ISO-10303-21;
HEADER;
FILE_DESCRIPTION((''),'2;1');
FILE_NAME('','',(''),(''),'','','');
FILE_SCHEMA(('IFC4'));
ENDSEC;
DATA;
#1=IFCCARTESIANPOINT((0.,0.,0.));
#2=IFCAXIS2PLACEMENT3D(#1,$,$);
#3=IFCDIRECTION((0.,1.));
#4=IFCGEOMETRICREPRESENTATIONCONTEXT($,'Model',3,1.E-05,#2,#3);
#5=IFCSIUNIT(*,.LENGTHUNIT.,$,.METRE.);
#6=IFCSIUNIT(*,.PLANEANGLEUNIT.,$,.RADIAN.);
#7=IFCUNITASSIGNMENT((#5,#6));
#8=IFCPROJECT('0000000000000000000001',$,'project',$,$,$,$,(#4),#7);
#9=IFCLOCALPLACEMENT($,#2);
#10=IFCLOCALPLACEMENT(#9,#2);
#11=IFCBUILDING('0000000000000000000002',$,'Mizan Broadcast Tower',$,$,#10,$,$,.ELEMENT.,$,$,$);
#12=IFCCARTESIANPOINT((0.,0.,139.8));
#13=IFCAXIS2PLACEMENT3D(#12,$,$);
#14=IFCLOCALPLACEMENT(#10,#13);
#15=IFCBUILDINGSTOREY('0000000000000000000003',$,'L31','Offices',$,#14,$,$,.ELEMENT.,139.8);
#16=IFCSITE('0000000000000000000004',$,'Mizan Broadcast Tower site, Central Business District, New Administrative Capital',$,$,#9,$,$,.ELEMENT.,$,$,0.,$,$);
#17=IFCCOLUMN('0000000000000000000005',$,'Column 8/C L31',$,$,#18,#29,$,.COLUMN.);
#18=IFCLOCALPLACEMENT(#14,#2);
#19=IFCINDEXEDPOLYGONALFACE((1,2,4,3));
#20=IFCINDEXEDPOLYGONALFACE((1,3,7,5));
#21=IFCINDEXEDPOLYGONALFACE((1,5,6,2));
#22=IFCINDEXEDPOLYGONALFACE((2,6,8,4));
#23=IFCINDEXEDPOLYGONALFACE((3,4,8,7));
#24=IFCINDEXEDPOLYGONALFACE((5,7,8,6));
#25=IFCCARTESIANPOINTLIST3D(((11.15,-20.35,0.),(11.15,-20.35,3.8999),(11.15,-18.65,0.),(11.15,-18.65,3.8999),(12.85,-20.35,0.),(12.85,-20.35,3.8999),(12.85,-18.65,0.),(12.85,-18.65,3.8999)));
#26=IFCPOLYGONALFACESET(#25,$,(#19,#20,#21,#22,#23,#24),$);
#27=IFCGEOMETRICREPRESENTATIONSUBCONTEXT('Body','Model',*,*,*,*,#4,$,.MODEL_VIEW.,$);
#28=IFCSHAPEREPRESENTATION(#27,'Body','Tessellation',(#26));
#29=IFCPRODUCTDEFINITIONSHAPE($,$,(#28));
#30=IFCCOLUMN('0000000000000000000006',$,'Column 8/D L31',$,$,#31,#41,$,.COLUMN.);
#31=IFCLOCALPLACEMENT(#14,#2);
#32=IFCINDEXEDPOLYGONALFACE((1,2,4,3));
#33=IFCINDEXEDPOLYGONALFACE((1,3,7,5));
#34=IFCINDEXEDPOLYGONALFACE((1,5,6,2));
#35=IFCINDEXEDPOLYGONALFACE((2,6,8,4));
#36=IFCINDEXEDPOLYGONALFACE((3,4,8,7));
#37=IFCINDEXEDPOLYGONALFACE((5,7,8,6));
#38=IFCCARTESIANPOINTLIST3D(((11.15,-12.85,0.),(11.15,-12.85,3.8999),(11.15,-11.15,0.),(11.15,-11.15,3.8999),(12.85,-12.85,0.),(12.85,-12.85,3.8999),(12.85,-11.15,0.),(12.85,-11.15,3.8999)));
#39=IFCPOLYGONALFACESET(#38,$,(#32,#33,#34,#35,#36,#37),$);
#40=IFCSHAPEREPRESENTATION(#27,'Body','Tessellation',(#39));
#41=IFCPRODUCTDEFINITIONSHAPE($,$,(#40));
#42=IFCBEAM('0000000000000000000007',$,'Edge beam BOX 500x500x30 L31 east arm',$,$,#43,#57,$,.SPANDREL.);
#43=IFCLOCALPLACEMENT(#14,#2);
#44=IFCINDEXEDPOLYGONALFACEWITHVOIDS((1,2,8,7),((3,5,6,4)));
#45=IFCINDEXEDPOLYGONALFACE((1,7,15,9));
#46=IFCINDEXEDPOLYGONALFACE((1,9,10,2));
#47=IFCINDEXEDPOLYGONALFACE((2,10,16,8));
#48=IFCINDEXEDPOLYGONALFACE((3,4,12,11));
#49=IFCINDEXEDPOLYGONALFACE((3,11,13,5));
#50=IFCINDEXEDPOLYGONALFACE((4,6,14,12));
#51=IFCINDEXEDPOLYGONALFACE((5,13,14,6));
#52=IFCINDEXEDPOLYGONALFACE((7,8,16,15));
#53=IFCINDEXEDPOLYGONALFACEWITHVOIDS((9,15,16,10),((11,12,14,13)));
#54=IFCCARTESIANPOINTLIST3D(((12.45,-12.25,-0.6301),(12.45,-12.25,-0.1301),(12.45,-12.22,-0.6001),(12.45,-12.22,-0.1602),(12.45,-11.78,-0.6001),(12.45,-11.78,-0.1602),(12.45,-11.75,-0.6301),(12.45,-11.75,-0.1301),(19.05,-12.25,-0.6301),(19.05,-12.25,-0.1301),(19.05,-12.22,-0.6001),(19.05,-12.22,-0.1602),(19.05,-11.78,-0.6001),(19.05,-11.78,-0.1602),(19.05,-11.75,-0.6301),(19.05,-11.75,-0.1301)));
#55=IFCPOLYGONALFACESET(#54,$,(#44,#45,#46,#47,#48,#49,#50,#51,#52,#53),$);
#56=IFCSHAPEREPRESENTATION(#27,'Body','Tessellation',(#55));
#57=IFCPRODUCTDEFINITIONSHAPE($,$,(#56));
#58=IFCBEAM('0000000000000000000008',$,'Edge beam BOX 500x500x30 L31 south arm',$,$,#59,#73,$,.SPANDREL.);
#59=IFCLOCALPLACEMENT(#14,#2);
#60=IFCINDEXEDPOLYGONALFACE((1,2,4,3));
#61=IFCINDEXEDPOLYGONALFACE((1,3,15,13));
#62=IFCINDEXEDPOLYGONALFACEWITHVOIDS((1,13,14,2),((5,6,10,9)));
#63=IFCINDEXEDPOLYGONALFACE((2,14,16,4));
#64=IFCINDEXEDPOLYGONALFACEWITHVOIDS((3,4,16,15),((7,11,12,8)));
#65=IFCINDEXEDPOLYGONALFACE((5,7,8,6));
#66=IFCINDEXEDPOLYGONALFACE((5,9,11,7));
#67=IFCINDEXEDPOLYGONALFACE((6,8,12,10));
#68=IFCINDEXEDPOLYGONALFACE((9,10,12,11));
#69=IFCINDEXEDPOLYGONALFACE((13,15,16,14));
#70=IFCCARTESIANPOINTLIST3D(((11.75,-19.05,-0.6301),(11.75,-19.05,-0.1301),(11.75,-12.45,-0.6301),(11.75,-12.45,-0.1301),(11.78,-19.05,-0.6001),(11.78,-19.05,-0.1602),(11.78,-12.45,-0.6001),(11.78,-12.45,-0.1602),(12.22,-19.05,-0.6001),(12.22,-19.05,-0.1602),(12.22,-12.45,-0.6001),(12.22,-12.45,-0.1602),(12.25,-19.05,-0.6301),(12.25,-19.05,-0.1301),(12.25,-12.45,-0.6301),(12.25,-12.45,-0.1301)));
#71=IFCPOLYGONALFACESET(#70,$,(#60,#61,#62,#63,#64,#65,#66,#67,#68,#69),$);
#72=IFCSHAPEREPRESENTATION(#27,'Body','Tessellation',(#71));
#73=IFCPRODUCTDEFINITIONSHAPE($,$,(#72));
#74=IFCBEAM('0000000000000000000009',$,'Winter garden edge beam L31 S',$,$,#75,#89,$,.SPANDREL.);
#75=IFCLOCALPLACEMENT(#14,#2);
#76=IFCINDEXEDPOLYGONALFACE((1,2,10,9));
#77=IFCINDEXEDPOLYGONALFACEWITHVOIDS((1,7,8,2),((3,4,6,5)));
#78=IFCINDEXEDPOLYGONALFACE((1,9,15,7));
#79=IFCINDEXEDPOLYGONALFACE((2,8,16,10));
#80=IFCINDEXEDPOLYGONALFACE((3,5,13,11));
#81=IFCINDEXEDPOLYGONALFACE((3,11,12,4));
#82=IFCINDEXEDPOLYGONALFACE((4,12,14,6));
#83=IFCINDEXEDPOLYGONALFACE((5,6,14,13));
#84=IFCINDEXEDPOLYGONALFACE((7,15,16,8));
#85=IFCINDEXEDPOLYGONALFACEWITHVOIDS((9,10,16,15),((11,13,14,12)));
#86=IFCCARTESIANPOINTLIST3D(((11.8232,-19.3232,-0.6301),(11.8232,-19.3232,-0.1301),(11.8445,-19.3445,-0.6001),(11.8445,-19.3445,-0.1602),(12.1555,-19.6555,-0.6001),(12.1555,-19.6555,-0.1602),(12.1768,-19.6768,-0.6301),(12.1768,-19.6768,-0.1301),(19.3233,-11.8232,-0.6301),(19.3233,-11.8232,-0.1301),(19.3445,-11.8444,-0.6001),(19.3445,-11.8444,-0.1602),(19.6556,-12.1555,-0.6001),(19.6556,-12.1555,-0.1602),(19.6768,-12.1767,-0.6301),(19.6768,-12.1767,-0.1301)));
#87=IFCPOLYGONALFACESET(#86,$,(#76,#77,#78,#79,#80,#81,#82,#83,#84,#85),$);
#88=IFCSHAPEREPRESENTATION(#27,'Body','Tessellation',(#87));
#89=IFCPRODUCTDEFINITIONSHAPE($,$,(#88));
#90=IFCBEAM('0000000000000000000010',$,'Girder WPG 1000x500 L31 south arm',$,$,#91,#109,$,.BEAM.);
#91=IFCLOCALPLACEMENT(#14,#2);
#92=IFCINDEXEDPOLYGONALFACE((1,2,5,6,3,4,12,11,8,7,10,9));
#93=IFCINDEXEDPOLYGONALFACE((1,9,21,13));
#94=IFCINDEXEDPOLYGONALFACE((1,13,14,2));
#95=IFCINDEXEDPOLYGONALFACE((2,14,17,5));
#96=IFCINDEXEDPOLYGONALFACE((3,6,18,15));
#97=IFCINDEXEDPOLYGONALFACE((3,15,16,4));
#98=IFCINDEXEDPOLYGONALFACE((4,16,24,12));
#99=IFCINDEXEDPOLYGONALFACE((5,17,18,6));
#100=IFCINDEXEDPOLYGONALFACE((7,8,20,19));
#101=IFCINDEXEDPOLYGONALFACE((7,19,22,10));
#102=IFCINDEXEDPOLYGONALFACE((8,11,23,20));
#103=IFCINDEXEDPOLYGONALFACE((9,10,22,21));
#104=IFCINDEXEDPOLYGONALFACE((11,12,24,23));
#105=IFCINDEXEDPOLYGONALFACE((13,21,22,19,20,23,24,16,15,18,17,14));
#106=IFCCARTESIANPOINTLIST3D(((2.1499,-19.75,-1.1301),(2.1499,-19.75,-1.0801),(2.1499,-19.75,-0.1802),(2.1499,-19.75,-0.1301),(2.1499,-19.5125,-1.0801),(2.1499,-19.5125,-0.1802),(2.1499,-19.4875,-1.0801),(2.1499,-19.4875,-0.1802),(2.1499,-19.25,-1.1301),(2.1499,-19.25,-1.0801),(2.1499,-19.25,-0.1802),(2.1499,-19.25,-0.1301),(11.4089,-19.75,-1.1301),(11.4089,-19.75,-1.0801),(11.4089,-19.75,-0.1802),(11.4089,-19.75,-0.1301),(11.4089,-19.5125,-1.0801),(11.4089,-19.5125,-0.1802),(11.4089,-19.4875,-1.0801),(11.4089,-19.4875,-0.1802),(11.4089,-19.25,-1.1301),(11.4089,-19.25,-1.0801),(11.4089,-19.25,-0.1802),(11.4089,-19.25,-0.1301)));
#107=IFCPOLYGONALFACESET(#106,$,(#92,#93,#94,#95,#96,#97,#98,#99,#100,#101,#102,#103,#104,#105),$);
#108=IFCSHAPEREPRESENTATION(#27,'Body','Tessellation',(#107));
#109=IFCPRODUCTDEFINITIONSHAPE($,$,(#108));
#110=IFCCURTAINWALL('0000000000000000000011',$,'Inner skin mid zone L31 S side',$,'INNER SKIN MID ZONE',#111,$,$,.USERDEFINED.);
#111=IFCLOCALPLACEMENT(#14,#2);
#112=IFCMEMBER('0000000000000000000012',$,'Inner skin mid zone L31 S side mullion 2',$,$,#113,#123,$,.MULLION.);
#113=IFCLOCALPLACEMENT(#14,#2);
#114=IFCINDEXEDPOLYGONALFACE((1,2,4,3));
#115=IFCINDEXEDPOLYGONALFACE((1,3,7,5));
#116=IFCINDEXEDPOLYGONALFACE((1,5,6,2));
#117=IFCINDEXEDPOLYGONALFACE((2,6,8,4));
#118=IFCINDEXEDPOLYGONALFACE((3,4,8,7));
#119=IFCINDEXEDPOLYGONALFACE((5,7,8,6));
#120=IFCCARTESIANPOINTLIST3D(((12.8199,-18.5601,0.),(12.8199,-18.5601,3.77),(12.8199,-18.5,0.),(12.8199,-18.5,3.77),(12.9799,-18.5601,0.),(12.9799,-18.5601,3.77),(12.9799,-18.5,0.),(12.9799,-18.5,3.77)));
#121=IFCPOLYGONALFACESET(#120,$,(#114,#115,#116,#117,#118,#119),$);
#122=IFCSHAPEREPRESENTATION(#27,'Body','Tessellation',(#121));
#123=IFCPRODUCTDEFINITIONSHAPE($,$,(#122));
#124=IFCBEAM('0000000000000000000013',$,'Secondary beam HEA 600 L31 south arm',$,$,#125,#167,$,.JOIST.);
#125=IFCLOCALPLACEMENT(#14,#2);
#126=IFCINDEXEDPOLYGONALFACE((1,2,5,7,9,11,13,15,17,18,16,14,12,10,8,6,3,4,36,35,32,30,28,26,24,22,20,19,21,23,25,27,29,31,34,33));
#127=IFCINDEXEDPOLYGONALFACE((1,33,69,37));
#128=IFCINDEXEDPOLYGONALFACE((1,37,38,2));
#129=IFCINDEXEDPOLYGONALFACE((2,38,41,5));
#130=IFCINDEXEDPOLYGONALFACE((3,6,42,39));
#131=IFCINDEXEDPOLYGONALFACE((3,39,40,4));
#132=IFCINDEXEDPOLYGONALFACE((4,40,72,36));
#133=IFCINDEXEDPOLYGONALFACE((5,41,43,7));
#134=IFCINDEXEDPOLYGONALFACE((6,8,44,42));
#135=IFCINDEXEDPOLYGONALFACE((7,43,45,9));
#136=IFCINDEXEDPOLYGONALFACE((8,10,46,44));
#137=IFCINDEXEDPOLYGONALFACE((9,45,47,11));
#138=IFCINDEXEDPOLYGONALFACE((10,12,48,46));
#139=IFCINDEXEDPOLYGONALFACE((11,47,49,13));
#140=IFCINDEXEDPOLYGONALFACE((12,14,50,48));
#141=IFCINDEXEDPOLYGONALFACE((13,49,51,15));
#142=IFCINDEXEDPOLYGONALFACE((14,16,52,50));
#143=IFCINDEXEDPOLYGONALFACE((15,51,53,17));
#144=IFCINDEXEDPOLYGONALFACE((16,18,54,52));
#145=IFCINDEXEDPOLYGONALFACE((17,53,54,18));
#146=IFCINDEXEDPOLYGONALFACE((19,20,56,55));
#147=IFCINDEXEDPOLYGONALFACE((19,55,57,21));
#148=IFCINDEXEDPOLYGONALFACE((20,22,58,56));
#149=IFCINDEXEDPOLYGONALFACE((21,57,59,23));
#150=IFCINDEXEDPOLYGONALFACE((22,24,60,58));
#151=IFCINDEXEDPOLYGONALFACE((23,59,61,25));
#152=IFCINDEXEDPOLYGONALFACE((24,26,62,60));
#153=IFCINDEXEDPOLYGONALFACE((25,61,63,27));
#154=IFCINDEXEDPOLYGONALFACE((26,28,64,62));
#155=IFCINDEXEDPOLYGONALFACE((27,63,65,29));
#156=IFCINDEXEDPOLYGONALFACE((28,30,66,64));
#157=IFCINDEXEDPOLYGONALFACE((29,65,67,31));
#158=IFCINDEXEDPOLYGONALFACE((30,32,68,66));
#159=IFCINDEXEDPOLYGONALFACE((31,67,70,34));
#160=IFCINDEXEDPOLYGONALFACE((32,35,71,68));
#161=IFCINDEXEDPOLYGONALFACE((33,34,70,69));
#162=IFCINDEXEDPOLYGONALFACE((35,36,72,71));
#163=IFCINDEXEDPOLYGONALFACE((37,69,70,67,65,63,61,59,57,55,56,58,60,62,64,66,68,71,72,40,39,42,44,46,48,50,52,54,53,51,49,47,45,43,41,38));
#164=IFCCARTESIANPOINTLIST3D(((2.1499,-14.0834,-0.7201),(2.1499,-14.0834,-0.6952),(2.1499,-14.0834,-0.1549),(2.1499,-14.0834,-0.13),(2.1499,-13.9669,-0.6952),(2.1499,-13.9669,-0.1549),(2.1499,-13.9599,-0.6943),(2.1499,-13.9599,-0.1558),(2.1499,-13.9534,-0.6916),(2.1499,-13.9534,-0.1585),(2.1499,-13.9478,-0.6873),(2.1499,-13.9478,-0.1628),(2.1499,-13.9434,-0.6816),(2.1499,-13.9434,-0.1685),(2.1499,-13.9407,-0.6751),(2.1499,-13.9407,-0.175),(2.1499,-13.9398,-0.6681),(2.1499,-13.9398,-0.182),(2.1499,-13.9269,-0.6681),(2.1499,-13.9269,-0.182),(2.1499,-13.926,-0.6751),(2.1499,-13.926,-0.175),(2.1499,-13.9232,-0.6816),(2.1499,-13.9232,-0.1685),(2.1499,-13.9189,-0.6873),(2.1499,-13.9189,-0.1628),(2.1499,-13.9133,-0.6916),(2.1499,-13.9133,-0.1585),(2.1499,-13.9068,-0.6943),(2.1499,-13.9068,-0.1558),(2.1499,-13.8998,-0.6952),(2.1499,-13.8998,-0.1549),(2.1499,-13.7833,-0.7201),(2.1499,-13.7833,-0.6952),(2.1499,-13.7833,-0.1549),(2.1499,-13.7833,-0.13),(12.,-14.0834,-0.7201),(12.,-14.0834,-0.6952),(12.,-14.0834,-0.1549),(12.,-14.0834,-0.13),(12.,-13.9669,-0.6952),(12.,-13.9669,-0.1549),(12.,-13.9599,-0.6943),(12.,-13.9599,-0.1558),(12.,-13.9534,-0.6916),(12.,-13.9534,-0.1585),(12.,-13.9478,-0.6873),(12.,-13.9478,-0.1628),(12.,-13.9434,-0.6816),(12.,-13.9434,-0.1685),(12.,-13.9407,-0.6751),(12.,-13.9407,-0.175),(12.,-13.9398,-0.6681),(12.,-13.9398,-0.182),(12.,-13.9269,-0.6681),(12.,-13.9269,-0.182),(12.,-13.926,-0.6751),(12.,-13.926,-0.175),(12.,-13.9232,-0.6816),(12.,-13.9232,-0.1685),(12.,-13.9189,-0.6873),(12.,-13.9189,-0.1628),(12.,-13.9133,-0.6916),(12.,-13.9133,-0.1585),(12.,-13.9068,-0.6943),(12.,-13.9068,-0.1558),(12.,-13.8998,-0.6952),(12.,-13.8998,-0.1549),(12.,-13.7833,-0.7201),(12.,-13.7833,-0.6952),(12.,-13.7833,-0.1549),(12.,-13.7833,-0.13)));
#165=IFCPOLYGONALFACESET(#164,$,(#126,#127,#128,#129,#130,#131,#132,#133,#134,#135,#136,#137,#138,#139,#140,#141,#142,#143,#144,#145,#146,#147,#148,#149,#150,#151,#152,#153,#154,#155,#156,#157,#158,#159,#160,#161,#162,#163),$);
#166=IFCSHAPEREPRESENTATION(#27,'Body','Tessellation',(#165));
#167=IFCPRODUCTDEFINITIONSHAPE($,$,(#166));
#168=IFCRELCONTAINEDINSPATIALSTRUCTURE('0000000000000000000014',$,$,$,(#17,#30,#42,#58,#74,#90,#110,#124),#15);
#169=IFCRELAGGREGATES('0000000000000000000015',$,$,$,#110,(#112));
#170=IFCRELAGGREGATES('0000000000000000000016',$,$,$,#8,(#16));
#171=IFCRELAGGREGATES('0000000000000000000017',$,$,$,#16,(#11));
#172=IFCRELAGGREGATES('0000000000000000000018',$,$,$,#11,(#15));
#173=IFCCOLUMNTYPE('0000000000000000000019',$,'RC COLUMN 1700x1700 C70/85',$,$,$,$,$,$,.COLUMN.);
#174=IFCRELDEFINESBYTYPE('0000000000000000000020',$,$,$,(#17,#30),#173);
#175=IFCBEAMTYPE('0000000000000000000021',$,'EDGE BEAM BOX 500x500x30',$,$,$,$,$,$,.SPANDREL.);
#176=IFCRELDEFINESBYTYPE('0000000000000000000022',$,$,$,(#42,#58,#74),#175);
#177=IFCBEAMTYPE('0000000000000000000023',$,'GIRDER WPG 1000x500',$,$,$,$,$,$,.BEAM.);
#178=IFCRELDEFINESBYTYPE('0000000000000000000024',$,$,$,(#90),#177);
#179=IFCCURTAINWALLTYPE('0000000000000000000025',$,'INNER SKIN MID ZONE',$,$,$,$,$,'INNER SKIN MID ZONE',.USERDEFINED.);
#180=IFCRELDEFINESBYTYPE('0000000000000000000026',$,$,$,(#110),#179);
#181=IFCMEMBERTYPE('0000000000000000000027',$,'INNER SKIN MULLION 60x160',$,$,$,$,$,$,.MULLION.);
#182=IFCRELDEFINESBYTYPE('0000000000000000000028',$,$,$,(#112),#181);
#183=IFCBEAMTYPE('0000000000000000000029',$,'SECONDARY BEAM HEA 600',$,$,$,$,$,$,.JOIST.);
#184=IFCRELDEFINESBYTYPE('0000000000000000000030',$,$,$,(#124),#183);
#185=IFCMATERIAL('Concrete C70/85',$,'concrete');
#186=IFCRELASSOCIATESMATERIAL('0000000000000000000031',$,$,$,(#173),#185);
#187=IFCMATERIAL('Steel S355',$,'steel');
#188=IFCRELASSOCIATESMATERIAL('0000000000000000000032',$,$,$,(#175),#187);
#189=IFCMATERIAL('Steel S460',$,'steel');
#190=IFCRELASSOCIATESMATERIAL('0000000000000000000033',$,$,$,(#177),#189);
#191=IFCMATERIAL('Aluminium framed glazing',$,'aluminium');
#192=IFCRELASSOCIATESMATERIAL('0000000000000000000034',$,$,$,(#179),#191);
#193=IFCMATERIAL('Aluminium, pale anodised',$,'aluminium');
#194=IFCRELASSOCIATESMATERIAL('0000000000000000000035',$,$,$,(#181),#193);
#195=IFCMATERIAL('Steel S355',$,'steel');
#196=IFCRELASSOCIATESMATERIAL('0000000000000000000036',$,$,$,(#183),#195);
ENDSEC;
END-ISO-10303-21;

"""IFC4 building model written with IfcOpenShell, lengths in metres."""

from ifc_helpers import new_model, si_unit, direction, frame, origin, origin_2d, place, context, subcontext, project, spatial, rectangle, hollow_rectangle, i_section, extrude, material, material_profile, profile_set, type_object, element, aggregate, save


model = new_model("IFC4")

# Units and contexts
model_context = context("Model", 3, precision=1e-05, world=origin(), true_north=direction((0.0, 1.0)))
body_context = subcontext(model_context, "Body", "Model", "MODEL_VIEW")
ifc_project = project(units=[si_unit("LENGTHUNIT", "METRE"), si_unit("PLANEANGLEUNIT", "RADIAN")], contexts=[model_context])

# Site, building, storey
site_placement = place(None, origin())
site = spatial("IfcSite", under=ifc_project, at=site_placement, Name="Mizan Broadcast Tower site, Central Business District, New Administrative Capital", CompositionType="ELEMENT", RefElevation=0.0)
building_placement = place(site_placement, origin())
building = spatial("IfcBuilding", under=site, at=building_placement, Name="Mizan Broadcast Tower", CompositionType="ELEMENT")
storey_placement = place(building_placement, frame((0.0, 0.0, 139.8)))
storey = spatial("IfcBuildingStorey", under=building, at=storey_placement, Name="L31", Description="Offices", CompositionType="ELEMENT", Elevation=139.8)

# Columns
ifc_material_1 = material(Name="Concrete C70/85", Category="concrete")
ifc_material_profile_1 = material_profile(ifc_material_1, rectangle(XDim=1.7, YDim=1.7, at=origin_2d()), Name="RC 1700x1700")
ifc_profile_set_1 = profile_set([ifc_material_profile_1], Name="Concrete C70/85")
column_type = type_object("IfcColumnType", Name="RC COLUMN 1700x1700 C70/85", PredefinedType="COLUMN", material=ifc_profile_set_1)
for number, where, z_axis, x_axis, name in (
    (1, (12.0, -19.5, 0.0), (0.0, 0.0, 1.0), (1.0, 0.0, 0.0), "Column 8/C L31"),
    (2, (12.0, -12.0, 0.0), (0.0, 0.0, 1.0), (1.0, 0.0, 0.0), "Column 8/D L31"),
):
    element("IfcColumn", number, at=place(storey_placement, frame(where, z_axis=z_axis, x_axis=x_axis)), inside=storey, type_object=column_type, Name=name, PredefinedType="COLUMN", context=body_context, shape_type="SweptSolid", body=[
        extrude(rectangle(XDim=1.7, YDim=1.7, at=origin_2d()), origin(), (0.0, 0.0, 1.0), 3.8999),
    ])

# Beams
ifc_material_2 = material(Name="Steel S355", Category="steel")
ifc_material_profile_2 = material_profile(ifc_material_2, hollow_rectangle(XDim=0.5, YDim=0.5, WallThickness=0.03, at=origin_2d()), Name="BOX 500x500x30")
ifc_profile_set_2 = profile_set([ifc_material_profile_2], Name="Steel S355")
beam_type_1 = type_object("IfcBeamType", Name="EDGE BEAM BOX 500x500x30", PredefinedType="SPANDREL", material=ifc_profile_set_2)
for number, where, z_axis, x_axis, name in (
    (3, (12.45, -12.0, -0.3801), (1.0, 0.0, 0.0), (0.0, 1.0, 0.0), "Edge beam BOX 500x500x30 L31 east arm"),
    (4, (12.0, -12.45, -0.3801), (0.0, -1.0, 0.0), (1.0, 0.0, 0.0), "Edge beam BOX 500x500x30 L31 south arm"),
):
    element("IfcBeam", number, at=place(storey_placement, frame(where, z_axis=z_axis, x_axis=x_axis)), inside=storey, type_object=beam_type_1, Name=name, PredefinedType="SPANDREL", context=body_context, shape_type="SweptSolid", body=[
        extrude(hollow_rectangle(XDim=0.5, YDim=0.5, WallThickness=0.03, at=origin_2d()), origin(), (0.0, 0.0, 1.0), 6.6001),
    ])
beam_1_placement = place(storey_placement, frame((12.0, -19.5, -0.3801), z_axis=(0.707107, 0.707107, 0.0), x_axis=(-0.707107, 0.707107, 0.0)))
element("IfcBeam", 5, at=beam_1_placement, inside=storey, type_object=beam_type_1, Name="Winter garden edge beam L31 S", PredefinedType="SPANDREL", context=body_context, shape_type="SweptSolid", body=[
    extrude(hollow_rectangle(XDim=0.5, YDim=0.5, WallThickness=0.03, at=origin_2d()), origin(), (0.0, 0.0, 1.0), 10.6067),
])
ifc_material_3 = material(Name="Steel S460", Category="steel")
ifc_material_profile_3 = material_profile(ifc_material_3, i_section(OverallWidth=0.5, OverallDepth=1.0, WebThickness=0.0249, FlangeThickness=0.05, at=origin_2d()), Name="WPG 1000x500")
ifc_profile_set_3 = profile_set([ifc_material_profile_3], Name="Steel S460")
beam_type_2 = type_object("IfcBeamType", Name="GIRDER WPG 1000x500", PredefinedType="BEAM", material=ifc_profile_set_3)
beam_2_placement = place(storey_placement, frame((11.4089, -19.5, -0.6301), z_axis=(-1.0, 0.0, 0.0), x_axis=(0.0, -1.0, 0.0)))
element("IfcBeam", 6, at=beam_2_placement, inside=storey, type_object=beam_type_2, Name="Girder WPG 1000x500 L31 south arm", PredefinedType="BEAM", context=body_context, shape_type="SweptSolid", body=[
    extrude(i_section(OverallWidth=0.5, OverallDepth=1.0, WebThickness=0.0249, FlangeThickness=0.05, at=origin_2d()), origin(), (0.0, 0.0, 1.0), 9.259),
])

# Curtain wall, member
ifc_material_4 = material(Name="Aluminium framed glazing", Category="aluminium")
curtain_wall_type = type_object("IfcCurtainWallType", Name="INNER SKIN MID ZONE", ElementType="INNER SKIN MID ZONE", PredefinedType="USERDEFINED", material=ifc_material_4)
curtain_wall_placement = place(storey_placement, origin())
curtain_wall = element("IfcCurtainWall", 7, at=curtain_wall_placement, inside=storey, type_object=curtain_wall_type, Name="Inner skin mid zone L31 S side", ObjectType="INNER SKIN MID ZONE", PredefinedType="USERDEFINED")
ifc_material_5 = material(Name="Aluminium, pale anodised", Category="aluminium")
ifc_material_profile_4 = material_profile(ifc_material_5, rectangle(XDim=0.1599, YDim=0.0601, at=origin_2d()), Name="MULLION 160x60")
ifc_profile_set_4 = profile_set([ifc_material_profile_4], Name="Aluminium, pale anodised")
member_type = type_object("IfcMemberType", Name="INNER SKIN MULLION 60x160", PredefinedType="MULLION", material=ifc_profile_set_4)
member_placement = place(storey_placement, frame((12.8999, -18.53, 0.0), z_axis=(0.0, 0.0, 1.0), x_axis=(-1.0, 0.0, 0.0)))
member = element("IfcMember", 8, at=member_placement, type_object=member_type, Name="Inner skin mid zone L31 S side mullion 2", PredefinedType="MULLION", context=body_context, shape_type="SweptSolid", body=[
    extrude(rectangle(XDim=0.1599, YDim=0.0601, at=origin_2d()), origin(), (0.0, 0.0, 1.0), 3.77),
])
aggregate(curtain_wall, [member])

# Beam
ifc_material_6 = material(Name="Steel S355", Category="steel")
ifc_material_profile_5 = material_profile(ifc_material_6, i_section(OverallWidth=0.3, OverallDepth=0.5901, WebThickness=0.0129, FlangeThickness=0.0249, FilletRadius=0.0271, at=origin_2d()), Name="HEA 600")
ifc_profile_set_5 = profile_set([ifc_material_profile_5], Name="Steel S355")
beam_type_3 = type_object("IfcBeamType", Name="SECONDARY BEAM HEA 600", PredefinedType="JOIST", material=ifc_profile_set_5)
for number, where, z_axis, x_axis, name in (
    (9, (12.0, -13.9333, -0.425), (-1.0, 0.0, 0.0), (0.0, -1.0, 0.0), "Secondary beam HEA 600 L31 south arm"),
):
    element("IfcBeam", number, at=place(storey_placement, frame(where, z_axis=z_axis, x_axis=x_axis)), inside=storey, type_object=beam_type_3, Name=name, PredefinedType="JOIST", context=body_context, shape_type="SweptSolid", body=[
        extrude(i_section(OverallWidth=0.3, OverallDepth=0.5901, WebThickness=0.0129, FlangeThickness=0.0249, FilletRadius=0.0271, at=origin_2d()), origin(), (0.0, 0.0, 1.0), 9.8501),
    ])

save(model, "model.ifc")
